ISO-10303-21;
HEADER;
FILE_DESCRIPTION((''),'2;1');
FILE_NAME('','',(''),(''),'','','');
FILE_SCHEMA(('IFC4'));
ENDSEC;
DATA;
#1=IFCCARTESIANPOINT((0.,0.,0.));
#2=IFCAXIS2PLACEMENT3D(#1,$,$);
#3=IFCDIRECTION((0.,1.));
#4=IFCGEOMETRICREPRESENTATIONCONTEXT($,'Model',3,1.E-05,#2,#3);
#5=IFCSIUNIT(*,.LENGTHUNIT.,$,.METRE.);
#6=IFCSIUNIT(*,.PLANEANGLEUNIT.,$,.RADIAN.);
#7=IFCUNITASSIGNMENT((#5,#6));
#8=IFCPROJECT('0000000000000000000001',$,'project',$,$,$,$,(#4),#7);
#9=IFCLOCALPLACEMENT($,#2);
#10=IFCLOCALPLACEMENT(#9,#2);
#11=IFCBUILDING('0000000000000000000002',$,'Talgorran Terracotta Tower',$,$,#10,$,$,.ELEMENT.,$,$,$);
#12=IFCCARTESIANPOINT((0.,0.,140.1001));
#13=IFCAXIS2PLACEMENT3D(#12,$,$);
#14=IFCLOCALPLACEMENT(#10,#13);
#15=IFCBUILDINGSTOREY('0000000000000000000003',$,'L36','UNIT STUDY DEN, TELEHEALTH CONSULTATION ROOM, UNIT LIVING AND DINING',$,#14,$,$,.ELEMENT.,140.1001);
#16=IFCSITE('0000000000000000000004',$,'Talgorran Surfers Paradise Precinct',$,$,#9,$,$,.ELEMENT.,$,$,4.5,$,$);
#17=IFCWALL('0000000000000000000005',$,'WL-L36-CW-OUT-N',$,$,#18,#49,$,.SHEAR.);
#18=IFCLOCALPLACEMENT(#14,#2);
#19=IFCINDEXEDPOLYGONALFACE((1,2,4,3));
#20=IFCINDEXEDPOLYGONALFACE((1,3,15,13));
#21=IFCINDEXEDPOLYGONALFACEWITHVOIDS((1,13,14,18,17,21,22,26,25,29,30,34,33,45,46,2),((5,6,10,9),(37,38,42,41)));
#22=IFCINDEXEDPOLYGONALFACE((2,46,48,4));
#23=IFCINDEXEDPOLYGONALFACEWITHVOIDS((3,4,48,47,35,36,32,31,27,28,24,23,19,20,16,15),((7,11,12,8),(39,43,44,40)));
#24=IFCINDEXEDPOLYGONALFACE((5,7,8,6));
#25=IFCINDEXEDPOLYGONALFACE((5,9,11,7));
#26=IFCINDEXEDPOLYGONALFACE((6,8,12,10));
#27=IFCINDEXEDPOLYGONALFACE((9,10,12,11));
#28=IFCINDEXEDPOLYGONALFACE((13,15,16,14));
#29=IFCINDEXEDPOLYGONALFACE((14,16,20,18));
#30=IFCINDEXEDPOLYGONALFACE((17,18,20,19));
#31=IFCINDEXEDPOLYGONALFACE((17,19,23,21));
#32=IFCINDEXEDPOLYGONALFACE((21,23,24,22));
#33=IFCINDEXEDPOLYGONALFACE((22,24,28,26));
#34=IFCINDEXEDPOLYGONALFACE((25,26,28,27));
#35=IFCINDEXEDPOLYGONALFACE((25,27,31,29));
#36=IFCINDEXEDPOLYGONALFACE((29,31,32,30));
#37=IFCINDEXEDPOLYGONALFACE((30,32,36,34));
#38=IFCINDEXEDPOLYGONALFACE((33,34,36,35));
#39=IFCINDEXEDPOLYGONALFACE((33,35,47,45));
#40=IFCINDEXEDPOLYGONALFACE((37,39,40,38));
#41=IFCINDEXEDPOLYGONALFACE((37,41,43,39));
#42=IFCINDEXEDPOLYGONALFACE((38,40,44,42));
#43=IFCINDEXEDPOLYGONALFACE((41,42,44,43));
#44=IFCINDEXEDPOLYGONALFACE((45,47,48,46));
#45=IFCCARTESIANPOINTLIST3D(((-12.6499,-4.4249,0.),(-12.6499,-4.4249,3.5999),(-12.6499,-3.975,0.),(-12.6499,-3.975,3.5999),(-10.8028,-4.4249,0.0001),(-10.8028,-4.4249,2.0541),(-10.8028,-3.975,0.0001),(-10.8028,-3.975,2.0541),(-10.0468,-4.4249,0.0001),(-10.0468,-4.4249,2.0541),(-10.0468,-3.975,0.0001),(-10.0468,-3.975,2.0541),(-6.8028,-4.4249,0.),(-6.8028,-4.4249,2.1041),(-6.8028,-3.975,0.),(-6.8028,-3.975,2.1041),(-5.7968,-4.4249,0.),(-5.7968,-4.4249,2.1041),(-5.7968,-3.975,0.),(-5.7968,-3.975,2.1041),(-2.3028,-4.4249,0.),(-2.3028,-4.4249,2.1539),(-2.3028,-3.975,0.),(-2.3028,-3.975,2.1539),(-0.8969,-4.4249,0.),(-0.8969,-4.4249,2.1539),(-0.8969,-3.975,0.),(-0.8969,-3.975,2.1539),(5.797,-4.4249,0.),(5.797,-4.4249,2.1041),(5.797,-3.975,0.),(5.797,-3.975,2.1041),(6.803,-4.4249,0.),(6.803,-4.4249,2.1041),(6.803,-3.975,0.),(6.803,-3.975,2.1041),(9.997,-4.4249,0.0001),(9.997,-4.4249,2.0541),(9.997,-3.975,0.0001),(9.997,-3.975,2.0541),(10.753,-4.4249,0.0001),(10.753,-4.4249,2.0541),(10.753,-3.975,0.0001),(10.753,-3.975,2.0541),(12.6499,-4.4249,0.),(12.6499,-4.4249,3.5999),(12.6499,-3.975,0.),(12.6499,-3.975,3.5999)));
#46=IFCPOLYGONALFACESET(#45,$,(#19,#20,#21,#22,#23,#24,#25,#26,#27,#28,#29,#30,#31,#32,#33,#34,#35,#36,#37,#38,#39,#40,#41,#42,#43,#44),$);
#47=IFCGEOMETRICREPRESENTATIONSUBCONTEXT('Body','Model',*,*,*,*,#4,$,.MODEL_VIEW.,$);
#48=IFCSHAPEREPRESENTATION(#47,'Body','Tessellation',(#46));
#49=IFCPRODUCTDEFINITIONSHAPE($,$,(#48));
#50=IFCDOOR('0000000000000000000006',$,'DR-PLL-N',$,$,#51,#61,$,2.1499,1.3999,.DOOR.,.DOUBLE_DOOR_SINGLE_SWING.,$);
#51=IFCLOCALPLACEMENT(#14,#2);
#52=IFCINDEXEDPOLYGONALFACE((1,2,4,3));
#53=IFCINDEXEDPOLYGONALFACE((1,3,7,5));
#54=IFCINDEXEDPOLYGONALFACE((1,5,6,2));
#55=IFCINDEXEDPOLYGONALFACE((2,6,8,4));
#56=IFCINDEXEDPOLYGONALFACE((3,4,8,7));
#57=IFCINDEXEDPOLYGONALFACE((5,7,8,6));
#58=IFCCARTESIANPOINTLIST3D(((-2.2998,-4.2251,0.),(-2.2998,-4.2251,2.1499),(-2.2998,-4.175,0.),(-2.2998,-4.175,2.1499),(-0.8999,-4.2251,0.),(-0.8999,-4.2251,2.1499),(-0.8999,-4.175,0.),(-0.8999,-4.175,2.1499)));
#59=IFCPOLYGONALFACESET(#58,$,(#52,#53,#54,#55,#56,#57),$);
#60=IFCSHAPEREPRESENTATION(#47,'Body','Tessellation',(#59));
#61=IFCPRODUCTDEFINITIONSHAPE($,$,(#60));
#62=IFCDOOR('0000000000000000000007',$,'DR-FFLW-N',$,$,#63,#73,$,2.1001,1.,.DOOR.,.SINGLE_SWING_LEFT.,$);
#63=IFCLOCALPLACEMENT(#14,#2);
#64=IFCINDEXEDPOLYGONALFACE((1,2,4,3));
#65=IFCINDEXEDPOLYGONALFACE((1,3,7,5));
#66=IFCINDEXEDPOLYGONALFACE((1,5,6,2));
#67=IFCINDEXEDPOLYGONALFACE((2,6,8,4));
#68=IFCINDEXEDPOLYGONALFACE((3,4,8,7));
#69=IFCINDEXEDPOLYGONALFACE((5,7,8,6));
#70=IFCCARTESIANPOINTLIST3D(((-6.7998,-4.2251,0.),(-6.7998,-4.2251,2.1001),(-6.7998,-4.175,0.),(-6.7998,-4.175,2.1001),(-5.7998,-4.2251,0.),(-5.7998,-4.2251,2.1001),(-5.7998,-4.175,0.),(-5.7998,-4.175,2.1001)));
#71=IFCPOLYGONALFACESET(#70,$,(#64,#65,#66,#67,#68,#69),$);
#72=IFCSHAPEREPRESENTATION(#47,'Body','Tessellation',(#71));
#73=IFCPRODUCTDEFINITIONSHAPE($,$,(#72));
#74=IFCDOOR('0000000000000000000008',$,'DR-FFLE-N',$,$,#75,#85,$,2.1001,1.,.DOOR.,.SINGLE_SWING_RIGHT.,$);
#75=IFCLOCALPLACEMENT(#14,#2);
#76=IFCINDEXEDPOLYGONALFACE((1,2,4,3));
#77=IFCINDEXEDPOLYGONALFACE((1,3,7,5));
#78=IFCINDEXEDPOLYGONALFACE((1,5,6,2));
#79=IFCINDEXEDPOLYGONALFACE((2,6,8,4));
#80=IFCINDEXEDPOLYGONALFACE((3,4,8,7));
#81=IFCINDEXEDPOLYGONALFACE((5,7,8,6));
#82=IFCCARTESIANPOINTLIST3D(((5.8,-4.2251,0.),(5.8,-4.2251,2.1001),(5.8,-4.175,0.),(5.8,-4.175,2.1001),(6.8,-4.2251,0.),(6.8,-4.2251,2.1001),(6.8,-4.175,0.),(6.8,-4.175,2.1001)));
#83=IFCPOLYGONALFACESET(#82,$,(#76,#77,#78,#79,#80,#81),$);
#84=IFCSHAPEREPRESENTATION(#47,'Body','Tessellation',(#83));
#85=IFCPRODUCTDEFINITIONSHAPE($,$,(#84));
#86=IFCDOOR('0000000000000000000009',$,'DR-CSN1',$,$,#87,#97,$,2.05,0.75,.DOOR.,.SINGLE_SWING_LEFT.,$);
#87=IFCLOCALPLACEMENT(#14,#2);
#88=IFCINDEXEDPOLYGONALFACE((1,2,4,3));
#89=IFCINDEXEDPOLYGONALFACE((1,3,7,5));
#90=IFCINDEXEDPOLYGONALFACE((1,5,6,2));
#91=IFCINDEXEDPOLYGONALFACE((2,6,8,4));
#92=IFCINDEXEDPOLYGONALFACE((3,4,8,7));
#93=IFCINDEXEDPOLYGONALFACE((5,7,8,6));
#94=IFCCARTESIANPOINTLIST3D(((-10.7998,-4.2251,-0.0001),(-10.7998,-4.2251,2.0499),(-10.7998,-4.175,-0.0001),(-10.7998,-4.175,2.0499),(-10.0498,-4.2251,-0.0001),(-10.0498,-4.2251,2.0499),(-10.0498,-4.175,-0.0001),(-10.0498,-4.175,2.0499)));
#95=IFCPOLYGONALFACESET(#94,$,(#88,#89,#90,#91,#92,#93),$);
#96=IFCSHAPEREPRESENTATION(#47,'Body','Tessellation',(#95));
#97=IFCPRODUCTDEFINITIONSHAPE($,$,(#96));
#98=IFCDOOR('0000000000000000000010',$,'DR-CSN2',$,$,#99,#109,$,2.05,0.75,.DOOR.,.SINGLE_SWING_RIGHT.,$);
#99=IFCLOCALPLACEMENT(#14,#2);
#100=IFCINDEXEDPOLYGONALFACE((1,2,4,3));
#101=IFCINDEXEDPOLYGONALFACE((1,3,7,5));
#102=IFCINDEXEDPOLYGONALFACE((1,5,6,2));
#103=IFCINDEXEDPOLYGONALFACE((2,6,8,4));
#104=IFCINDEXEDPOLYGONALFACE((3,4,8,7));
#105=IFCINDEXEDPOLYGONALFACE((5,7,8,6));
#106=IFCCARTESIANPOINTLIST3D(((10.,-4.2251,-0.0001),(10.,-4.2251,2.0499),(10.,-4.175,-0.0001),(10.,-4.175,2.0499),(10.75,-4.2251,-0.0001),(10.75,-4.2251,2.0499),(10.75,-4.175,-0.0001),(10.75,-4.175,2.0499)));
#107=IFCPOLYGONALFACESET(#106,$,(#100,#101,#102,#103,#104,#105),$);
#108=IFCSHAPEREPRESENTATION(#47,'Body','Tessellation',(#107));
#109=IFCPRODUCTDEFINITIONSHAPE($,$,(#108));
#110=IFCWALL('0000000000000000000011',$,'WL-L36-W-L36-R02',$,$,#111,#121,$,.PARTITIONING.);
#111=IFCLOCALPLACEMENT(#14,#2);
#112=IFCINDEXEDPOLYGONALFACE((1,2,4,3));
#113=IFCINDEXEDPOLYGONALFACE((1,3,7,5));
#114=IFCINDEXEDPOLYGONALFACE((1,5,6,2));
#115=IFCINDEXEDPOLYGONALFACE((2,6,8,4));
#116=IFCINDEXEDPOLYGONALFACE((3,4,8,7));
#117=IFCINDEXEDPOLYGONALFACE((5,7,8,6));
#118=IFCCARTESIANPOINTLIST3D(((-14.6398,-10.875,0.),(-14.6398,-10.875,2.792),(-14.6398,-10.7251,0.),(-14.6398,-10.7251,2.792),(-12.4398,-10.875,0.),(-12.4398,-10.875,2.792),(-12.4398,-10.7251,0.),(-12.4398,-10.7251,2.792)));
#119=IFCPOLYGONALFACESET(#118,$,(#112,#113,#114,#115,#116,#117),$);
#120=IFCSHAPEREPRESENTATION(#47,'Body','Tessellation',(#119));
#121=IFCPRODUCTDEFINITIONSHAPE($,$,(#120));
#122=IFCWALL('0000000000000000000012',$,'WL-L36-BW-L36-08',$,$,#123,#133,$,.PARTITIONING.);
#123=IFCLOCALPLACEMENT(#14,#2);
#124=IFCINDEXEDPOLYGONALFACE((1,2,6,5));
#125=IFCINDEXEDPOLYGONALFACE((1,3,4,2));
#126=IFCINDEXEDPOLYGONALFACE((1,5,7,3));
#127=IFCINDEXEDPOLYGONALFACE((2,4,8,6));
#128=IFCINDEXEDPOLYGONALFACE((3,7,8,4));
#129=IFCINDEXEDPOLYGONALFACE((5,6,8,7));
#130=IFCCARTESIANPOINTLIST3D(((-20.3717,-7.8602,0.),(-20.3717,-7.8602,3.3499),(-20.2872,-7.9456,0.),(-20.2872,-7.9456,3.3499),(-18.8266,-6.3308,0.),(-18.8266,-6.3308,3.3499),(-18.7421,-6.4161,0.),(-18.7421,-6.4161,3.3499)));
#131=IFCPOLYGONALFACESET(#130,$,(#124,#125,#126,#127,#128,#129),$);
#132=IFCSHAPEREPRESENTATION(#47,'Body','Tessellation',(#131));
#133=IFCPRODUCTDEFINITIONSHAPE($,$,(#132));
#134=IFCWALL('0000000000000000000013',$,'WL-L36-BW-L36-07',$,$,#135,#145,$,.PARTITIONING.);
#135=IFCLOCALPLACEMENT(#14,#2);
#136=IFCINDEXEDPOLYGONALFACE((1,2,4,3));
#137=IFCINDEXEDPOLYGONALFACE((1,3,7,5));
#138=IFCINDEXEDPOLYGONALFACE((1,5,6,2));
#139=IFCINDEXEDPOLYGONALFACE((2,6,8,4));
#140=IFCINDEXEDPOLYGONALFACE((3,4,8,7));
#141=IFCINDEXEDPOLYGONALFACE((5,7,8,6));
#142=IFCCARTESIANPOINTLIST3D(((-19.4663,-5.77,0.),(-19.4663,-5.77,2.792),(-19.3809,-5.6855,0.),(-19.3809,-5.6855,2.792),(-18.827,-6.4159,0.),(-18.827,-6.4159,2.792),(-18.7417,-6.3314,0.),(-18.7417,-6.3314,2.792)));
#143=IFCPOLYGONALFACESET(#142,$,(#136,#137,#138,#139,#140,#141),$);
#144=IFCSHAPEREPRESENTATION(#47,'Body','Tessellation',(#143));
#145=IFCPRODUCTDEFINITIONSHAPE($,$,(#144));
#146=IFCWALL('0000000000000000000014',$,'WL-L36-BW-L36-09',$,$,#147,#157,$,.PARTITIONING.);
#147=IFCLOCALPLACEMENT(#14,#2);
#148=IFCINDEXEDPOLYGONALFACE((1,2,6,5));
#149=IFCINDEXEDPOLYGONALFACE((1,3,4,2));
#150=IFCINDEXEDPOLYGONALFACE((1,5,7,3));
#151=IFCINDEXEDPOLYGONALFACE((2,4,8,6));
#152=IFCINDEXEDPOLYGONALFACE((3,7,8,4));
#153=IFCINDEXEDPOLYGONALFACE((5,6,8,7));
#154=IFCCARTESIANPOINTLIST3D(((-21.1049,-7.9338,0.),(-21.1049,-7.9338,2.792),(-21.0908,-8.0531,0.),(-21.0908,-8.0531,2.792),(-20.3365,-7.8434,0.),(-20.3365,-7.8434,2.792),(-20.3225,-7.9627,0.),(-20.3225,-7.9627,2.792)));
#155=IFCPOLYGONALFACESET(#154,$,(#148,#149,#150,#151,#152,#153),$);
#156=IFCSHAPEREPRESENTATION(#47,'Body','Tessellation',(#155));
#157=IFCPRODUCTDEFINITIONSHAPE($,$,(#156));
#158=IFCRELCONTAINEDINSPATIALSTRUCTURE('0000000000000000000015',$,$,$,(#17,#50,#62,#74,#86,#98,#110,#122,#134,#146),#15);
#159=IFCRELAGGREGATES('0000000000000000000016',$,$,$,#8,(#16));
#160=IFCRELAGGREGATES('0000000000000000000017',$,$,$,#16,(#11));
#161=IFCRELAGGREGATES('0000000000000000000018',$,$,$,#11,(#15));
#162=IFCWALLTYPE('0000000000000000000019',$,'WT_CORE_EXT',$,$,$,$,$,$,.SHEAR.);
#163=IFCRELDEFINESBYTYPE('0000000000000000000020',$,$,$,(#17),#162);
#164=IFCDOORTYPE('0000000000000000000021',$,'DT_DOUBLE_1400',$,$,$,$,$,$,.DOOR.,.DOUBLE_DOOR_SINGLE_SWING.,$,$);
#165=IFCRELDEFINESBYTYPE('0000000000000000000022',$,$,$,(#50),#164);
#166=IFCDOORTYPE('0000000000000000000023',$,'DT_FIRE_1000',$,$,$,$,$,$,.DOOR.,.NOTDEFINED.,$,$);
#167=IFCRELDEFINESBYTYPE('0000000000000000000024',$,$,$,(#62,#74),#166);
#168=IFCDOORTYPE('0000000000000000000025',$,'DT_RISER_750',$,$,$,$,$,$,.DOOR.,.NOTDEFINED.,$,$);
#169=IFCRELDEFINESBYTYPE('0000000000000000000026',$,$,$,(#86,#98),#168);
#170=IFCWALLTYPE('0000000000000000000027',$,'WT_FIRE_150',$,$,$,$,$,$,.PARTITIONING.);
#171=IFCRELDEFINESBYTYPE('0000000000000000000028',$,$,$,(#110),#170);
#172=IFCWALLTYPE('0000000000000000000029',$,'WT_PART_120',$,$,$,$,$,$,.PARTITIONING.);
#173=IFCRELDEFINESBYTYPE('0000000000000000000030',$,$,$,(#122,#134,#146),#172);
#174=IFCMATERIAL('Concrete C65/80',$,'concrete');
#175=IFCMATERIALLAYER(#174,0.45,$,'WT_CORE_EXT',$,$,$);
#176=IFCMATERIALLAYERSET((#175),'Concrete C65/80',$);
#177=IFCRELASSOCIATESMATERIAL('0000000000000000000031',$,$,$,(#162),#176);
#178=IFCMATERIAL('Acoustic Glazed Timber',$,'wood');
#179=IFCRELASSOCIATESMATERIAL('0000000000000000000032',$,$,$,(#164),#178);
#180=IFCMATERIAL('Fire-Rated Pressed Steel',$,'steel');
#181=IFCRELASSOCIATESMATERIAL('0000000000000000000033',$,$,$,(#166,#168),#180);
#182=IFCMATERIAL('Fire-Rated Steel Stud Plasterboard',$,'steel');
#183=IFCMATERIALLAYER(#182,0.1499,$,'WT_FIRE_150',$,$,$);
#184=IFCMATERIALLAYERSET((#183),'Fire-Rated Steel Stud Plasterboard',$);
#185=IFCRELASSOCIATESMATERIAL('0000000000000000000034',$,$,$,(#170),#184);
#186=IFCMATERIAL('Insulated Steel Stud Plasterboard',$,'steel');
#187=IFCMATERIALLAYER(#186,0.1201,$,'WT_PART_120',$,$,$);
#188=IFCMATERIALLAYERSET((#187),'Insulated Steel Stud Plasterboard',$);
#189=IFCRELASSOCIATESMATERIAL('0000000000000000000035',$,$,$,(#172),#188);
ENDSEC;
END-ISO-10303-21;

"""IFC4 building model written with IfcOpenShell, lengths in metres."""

from ifc_helpers import new_model, si_unit, direction, frame, frame_2d, origin, place, context, subcontext, project, spatial, rectangle, extrude, material, layer, layer_set, type_object, element, fill, save


model = new_model("IFC4")

# Units and contexts
model_context = context("Model", 3, precision=1e-05, world=origin(), true_north=direction((0.0, 1.0)))
body_context = subcontext(model_context, "Body", "Model", "MODEL_VIEW")
ifc_project = project(units=[si_unit("LENGTHUNIT", "METRE"), si_unit("PLANEANGLEUNIT", "RADIAN")], contexts=[model_context])

# Site, building, storey
site_placement = place(None, origin())
site = spatial("IfcSite", under=ifc_project, at=site_placement, Name="Talgorran Surfers Paradise Precinct", CompositionType="ELEMENT", RefElevation=4.5)
building_placement = place(site_placement, origin())
building = spatial("IfcBuilding", under=site, at=building_placement, Name="Talgorran Terracotta Tower", CompositionType="ELEMENT")
storey_placement = place(building_placement, frame((0.0, 0.0, 140.1001)))
storey = spatial("IfcBuildingStorey", under=building, at=storey_placement, Name="L36", Description="UNIT STUDY DEN, TELEHEALTH CONSULTATION ROOM, UNIT LIVING AND DINING", CompositionType="ELEMENT", Elevation=140.1001)

# Wall, openings, doors
ifc_material_1 = material(Name="Concrete C65/80", Category="concrete")
ifc_layer_1 = layer(ifc_material_1, 0.45, Name="WT_CORE_EXT")
ifc_layer_set_1 = layer_set([ifc_layer_1], Name="Concrete C65/80")
wall_type_1 = type_object("IfcWallType", Name="WT_CORE_EXT", PredefinedType="SHEAR", material=ifc_layer_set_1)
wall_1_placement = place(storey_placement, frame((-12.6499, -4.2, 0.0), z_axis=(0.0, 0.0, 1.0), x_axis=(1.0, 0.0, 0.0)))
wall_1 = element("IfcWall", 1, at=wall_1_placement, inside=storey, type_object=wall_type_1, Name="WL-L36-CW-OUT-N", PredefinedType="SHEAR", context=body_context, shape_type="SweptSolid", body=[
    extrude(rectangle(XDim=25.2998, YDim=0.45, at=frame_2d((12.6499, 0.0))), origin(), (0.0, 0.0, 1.0), 3.5999),
])
opening_1_placement = place(wall_1_placement, frame((1.8501, 0.0, 0.0)))
opening_1 = element("IfcOpeningElement", 2, at=opening_1_placement, cuts=wall_1, PredefinedType="OPENING", context=body_context, shape_type="SweptSolid", body=[
    extrude(rectangle(XDim=0.756, YDim=2.054, at=frame_2d((0.375, 1.0271))), frame((0.0, 0.2349, 0.0), z_axis=(0.0, -1.0, 0.0), x_axis=(1.0, 0.0, 0.0)), (0.0, 0.0, 1.0), 0.47),
])
opening_2_placement = place(wall_1_placement, frame((22.6499, 0.0, 0.0)))
opening_2 = element("IfcOpeningElement", 3, at=opening_2_placement, cuts=wall_1, PredefinedType="OPENING", context=body_context, shape_type="SweptSolid", body=[
    extrude(rectangle(XDim=0.756, YDim=2.054, at=frame_2d((0.375, 1.0271))), frame((0.0, 0.2349, 0.0), z_axis=(0.0, -1.0, 0.0), x_axis=(1.0, 0.0, 0.0)), (0.0, 0.0, 1.0), 0.47),
])
opening_3_placement = place(wall_1_placement, frame((5.8501, 0.0, 0.0)))
opening_3 = element("IfcOpeningElement", 4, at=opening_3_placement, cuts=wall_1, PredefinedType="OPENING", context=body_context, shape_type="SweptSolid", body=[
    extrude(rectangle(XDim=1.006, YDim=2.1041, at=frame_2d((0.5, 1.052))), frame((0.0, 0.2349, 0.0), z_axis=(0.0, -1.0, 0.0), x_axis=(1.0, 0.0, 0.0)), (0.0, 0.0, 1.0), 0.47),
])
opening_4_placement = place(wall_1_placement, frame((10.3501, 0.0, 0.0)))
opening_4 = element("IfcOpeningElement", 5, at=opening_4_placement, cuts=wall_1, PredefinedType="OPENING", context=body_context, shape_type="SweptSolid", body=[
    extrude(rectangle(XDim=1.4059, YDim=2.1539, at=frame_2d((0.7, 1.0769))), frame((0.0, 0.2349, 0.0), z_axis=(0.0, -1.0, 0.0), x_axis=(1.0, 0.0, 0.0)), (0.0, 0.0, 1.0), 0.47),
])
opening_5_placement = place(wall_1_placement, frame((18.45, 0.0, 0.0)))
opening_5 = element("IfcOpeningElement", 6, at=opening_5_placement, cuts=wall_1, PredefinedType="OPENING", context=body_context, shape_type="SweptSolid", body=[
    extrude(rectangle(XDim=1.006, YDim=2.1041, at=frame_2d((0.5, 1.052))), frame((0.0, 0.2349, 0.0), z_axis=(0.0, -1.0, 0.0), x_axis=(1.0, 0.0, 0.0)), (0.0, 0.0, 1.0), 0.47),
])
ifc_material_2 = material(Name="Acoustic Glazed Timber", Category="wood")
door_type_1 = type_object("IfcDoorType", Name="DT_DOUBLE_1400", OperationType="DOUBLE_DOOR_SINGLE_SWING", PredefinedType="DOOR", material=ifc_material_2)
door_1_placement = place(opening_4_placement, origin())
door_1 = element("IfcDoor", 7, at=door_1_placement, inside=storey, type_object=door_type_1, Name="DR-PLL-N", OperationType="DOUBLE_DOOR_SINGLE_SWING", OverallHeight=2.1499, OverallWidth=1.3999, PredefinedType="DOOR", context=body_context, shape_type="SweptSolid", body=[
    extrude(rectangle(XDim=1.3999, YDim=2.1499, at=frame_2d((0.7, 1.075))), frame((0.0, 0.0249, 0.0), z_axis=(0.0, -1.0, 0.0), x_axis=(1.0, 0.0, 0.0)), (0.0, 0.0, 1.0), 0.05),
])
fill(opening_4, door_1)
ifc_material_3 = material(Name="Fire-Rated Pressed Steel", Category="steel")
door_type_2 = type_object("IfcDoorType", Name="DT_FIRE_1000", OperationType="NOTDEFINED", PredefinedType="DOOR", material=ifc_material_3)
door_2_placement = place(opening_3_placement, origin())
door_2 = element("IfcDoor", 8, at=door_2_placement, inside=storey, type_object=door_type_2, Name="DR-FFLW-N", OperationType="SINGLE_SWING_LEFT", OverallHeight=2.1001, OverallWidth=1.0, PredefinedType="DOOR", context=body_context, shape_type="SweptSolid", body=[
    extrude(rectangle(XDim=1.0, YDim=2.1001, at=frame_2d((0.5, 1.05))), frame((0.0, 0.0249, 0.0), z_axis=(0.0, -1.0, 0.0), x_axis=(1.0, 0.0, 0.0)), (0.0, 0.0, 1.0), 0.05),
])
fill(opening_3, door_2)
door_3_placement = place(opening_5_placement, origin())
door_3 = element("IfcDoor", 9, at=door_3_placement, inside=storey, type_object=door_type_2, Name="DR-FFLE-N", OperationType="SINGLE_SWING_RIGHT", OverallHeight=2.1001, OverallWidth=1.0, PredefinedType="DOOR", context=body_context, shape_type="SweptSolid", body=[
    extrude(rectangle(XDim=1.0, YDim=2.1001, at=frame_2d((0.5, 1.05))), frame((0.0, 0.0249, 0.0), z_axis=(0.0, -1.0, 0.0), x_axis=(1.0, 0.0, 0.0)), (0.0, 0.0, 1.0), 0.05),
])
fill(opening_5, door_3)
door_type_3 = type_object("IfcDoorType", Name="DT_RISER_750", OperationType="NOTDEFINED", PredefinedType="DOOR", material=ifc_material_3)
door_4_placement = place(opening_1_placement, origin())
door_4 = element("IfcDoor", 10, at=door_4_placement, inside=storey, type_object=door_type_3, Name="DR-CSN1", OperationType="SINGLE_SWING_LEFT", OverallHeight=2.05, OverallWidth=0.75, PredefinedType="DOOR", context=body_context, shape_type="SweptSolid", body=[
    extrude(rectangle(XDim=0.75, YDim=2.05, at=frame_2d((0.375, 1.0249))), frame((0.0, 0.0249, 0.0), z_axis=(0.0, -1.0, 0.0), x_axis=(1.0, 0.0, 0.0)), (0.0, 0.0, 1.0), 0.05),
])
fill(opening_1, door_4)
door_5_placement = place(opening_2_placement, origin())
door_5 = element("IfcDoor", 11, at=door_5_placement, inside=storey, type_object=door_type_3, Name="DR-CSN2", OperationType="SINGLE_SWING_RIGHT", OverallHeight=2.05, OverallWidth=0.75, PredefinedType="DOOR", context=body_context, shape_type="SweptSolid", body=[
    extrude(rectangle(XDim=0.75, YDim=2.05, at=frame_2d((0.375, 1.0249))), frame((0.0, 0.0249, 0.0), z_axis=(0.0, -1.0, 0.0), x_axis=(1.0, 0.0, 0.0)), (0.0, 0.0, 1.0), 0.05),
])
fill(opening_2, door_5)

# Walls
ifc_material_4 = material(Name="Fire-Rated Steel Stud Plasterboard", Category="steel")
ifc_layer_2 = layer(ifc_material_4, 0.1499, Name="WT_FIRE_150")
ifc_layer_set_2 = layer_set([ifc_layer_2], Name="Fire-Rated Steel Stud Plasterboard")
wall_type_2 = type_object("IfcWallType", Name="WT_FIRE_150", PredefinedType="PARTITIONING", material=ifc_layer_set_2)
wall_2_placement = place(storey_placement, frame((-14.6399, -10.8, 0.0), z_axis=(0.0, 0.0, 1.0), x_axis=(1.0, 0.0, 0.0)))
element("IfcWall", 12, at=wall_2_placement, inside=storey, type_object=wall_type_2, Name="WL-L36-W-L36-R02", PredefinedType="PARTITIONING", context=body_context, shape_type="SweptSolid", body=[
    extrude(rectangle(XDim=2.2, YDim=0.1499, at=frame_2d((1.1001, 0.0))), origin(), (0.0, 0.0, 1.0), 2.792),
])
ifc_material_5 = material(Name="Insulated Steel Stud Plasterboard", Category="steel")
ifc_layer_3 = layer(ifc_material_5, 0.1201, Name="WT_PART_120")
ifc_layer_set_3 = layer_set([ifc_layer_3], Name="Insulated Steel Stud Plasterboard")
wall_type_3 = type_object("IfcWallType", Name="WT_PART_120", PredefinedType="PARTITIONING", material=ifc_layer_set_3)
wall_3_placement = place(storey_placement, frame((-18.7844, -6.3735, 0.0), z_axis=(0.0, 0.0, 1.0), x_axis=(-0.710691, -0.703504, 0.0)))
element("IfcWall", 13, at=wall_3_placement, inside=storey, type_object=wall_type_3, Name="WL-L36-BW-L36-08", PredefinedType="PARTITIONING", context=body_context, shape_type="SweptSolid", body=[
    extrude(rectangle(XDim=2.1741, YDim=0.1201, at=frame_2d((1.0869, 0.0))), origin(), (0.0, 0.0, 1.0), 3.3499),
])
wall_4_placement = place(storey_placement, frame((-19.4236, -5.7278, 0.0), z_axis=(0.0, 0.0, 1.0), x_axis=(0.70347, -0.710725, 0.0)))
element("IfcWall", 14, at=wall_4_placement, inside=storey, type_object=wall_type_3, Name="WL-L36-BW-L36-07", PredefinedType="PARTITIONING", context=body_context, shape_type="SweptSolid", body=[
    extrude(rectangle(XDim=0.9087, YDim=0.1201, at=frame_2d((0.4543, 0.0))), origin(), (0.0, 0.0, 1.0), 2.792),
])
wall_5_placement = place(storey_placement, frame((-20.3296, -7.9031, 0.0), z_axis=(0.0, 0.0, 1.0), x_axis=(-0.993159, -0.116768, 0.0)))
element("IfcWall", 15, at=wall_5_placement, inside=storey, type_object=wall_type_3, Name="WL-L36-BW-L36-09", PredefinedType="PARTITIONING", context=body_context, shape_type="SweptSolid", body=[
    extrude(rectangle(XDim=0.7737, YDim=0.1201, at=frame_2d((0.3867, 0.0))), origin(), (0.0, 0.0, 1.0), 2.792),
])

save(model, "model.ifc")
